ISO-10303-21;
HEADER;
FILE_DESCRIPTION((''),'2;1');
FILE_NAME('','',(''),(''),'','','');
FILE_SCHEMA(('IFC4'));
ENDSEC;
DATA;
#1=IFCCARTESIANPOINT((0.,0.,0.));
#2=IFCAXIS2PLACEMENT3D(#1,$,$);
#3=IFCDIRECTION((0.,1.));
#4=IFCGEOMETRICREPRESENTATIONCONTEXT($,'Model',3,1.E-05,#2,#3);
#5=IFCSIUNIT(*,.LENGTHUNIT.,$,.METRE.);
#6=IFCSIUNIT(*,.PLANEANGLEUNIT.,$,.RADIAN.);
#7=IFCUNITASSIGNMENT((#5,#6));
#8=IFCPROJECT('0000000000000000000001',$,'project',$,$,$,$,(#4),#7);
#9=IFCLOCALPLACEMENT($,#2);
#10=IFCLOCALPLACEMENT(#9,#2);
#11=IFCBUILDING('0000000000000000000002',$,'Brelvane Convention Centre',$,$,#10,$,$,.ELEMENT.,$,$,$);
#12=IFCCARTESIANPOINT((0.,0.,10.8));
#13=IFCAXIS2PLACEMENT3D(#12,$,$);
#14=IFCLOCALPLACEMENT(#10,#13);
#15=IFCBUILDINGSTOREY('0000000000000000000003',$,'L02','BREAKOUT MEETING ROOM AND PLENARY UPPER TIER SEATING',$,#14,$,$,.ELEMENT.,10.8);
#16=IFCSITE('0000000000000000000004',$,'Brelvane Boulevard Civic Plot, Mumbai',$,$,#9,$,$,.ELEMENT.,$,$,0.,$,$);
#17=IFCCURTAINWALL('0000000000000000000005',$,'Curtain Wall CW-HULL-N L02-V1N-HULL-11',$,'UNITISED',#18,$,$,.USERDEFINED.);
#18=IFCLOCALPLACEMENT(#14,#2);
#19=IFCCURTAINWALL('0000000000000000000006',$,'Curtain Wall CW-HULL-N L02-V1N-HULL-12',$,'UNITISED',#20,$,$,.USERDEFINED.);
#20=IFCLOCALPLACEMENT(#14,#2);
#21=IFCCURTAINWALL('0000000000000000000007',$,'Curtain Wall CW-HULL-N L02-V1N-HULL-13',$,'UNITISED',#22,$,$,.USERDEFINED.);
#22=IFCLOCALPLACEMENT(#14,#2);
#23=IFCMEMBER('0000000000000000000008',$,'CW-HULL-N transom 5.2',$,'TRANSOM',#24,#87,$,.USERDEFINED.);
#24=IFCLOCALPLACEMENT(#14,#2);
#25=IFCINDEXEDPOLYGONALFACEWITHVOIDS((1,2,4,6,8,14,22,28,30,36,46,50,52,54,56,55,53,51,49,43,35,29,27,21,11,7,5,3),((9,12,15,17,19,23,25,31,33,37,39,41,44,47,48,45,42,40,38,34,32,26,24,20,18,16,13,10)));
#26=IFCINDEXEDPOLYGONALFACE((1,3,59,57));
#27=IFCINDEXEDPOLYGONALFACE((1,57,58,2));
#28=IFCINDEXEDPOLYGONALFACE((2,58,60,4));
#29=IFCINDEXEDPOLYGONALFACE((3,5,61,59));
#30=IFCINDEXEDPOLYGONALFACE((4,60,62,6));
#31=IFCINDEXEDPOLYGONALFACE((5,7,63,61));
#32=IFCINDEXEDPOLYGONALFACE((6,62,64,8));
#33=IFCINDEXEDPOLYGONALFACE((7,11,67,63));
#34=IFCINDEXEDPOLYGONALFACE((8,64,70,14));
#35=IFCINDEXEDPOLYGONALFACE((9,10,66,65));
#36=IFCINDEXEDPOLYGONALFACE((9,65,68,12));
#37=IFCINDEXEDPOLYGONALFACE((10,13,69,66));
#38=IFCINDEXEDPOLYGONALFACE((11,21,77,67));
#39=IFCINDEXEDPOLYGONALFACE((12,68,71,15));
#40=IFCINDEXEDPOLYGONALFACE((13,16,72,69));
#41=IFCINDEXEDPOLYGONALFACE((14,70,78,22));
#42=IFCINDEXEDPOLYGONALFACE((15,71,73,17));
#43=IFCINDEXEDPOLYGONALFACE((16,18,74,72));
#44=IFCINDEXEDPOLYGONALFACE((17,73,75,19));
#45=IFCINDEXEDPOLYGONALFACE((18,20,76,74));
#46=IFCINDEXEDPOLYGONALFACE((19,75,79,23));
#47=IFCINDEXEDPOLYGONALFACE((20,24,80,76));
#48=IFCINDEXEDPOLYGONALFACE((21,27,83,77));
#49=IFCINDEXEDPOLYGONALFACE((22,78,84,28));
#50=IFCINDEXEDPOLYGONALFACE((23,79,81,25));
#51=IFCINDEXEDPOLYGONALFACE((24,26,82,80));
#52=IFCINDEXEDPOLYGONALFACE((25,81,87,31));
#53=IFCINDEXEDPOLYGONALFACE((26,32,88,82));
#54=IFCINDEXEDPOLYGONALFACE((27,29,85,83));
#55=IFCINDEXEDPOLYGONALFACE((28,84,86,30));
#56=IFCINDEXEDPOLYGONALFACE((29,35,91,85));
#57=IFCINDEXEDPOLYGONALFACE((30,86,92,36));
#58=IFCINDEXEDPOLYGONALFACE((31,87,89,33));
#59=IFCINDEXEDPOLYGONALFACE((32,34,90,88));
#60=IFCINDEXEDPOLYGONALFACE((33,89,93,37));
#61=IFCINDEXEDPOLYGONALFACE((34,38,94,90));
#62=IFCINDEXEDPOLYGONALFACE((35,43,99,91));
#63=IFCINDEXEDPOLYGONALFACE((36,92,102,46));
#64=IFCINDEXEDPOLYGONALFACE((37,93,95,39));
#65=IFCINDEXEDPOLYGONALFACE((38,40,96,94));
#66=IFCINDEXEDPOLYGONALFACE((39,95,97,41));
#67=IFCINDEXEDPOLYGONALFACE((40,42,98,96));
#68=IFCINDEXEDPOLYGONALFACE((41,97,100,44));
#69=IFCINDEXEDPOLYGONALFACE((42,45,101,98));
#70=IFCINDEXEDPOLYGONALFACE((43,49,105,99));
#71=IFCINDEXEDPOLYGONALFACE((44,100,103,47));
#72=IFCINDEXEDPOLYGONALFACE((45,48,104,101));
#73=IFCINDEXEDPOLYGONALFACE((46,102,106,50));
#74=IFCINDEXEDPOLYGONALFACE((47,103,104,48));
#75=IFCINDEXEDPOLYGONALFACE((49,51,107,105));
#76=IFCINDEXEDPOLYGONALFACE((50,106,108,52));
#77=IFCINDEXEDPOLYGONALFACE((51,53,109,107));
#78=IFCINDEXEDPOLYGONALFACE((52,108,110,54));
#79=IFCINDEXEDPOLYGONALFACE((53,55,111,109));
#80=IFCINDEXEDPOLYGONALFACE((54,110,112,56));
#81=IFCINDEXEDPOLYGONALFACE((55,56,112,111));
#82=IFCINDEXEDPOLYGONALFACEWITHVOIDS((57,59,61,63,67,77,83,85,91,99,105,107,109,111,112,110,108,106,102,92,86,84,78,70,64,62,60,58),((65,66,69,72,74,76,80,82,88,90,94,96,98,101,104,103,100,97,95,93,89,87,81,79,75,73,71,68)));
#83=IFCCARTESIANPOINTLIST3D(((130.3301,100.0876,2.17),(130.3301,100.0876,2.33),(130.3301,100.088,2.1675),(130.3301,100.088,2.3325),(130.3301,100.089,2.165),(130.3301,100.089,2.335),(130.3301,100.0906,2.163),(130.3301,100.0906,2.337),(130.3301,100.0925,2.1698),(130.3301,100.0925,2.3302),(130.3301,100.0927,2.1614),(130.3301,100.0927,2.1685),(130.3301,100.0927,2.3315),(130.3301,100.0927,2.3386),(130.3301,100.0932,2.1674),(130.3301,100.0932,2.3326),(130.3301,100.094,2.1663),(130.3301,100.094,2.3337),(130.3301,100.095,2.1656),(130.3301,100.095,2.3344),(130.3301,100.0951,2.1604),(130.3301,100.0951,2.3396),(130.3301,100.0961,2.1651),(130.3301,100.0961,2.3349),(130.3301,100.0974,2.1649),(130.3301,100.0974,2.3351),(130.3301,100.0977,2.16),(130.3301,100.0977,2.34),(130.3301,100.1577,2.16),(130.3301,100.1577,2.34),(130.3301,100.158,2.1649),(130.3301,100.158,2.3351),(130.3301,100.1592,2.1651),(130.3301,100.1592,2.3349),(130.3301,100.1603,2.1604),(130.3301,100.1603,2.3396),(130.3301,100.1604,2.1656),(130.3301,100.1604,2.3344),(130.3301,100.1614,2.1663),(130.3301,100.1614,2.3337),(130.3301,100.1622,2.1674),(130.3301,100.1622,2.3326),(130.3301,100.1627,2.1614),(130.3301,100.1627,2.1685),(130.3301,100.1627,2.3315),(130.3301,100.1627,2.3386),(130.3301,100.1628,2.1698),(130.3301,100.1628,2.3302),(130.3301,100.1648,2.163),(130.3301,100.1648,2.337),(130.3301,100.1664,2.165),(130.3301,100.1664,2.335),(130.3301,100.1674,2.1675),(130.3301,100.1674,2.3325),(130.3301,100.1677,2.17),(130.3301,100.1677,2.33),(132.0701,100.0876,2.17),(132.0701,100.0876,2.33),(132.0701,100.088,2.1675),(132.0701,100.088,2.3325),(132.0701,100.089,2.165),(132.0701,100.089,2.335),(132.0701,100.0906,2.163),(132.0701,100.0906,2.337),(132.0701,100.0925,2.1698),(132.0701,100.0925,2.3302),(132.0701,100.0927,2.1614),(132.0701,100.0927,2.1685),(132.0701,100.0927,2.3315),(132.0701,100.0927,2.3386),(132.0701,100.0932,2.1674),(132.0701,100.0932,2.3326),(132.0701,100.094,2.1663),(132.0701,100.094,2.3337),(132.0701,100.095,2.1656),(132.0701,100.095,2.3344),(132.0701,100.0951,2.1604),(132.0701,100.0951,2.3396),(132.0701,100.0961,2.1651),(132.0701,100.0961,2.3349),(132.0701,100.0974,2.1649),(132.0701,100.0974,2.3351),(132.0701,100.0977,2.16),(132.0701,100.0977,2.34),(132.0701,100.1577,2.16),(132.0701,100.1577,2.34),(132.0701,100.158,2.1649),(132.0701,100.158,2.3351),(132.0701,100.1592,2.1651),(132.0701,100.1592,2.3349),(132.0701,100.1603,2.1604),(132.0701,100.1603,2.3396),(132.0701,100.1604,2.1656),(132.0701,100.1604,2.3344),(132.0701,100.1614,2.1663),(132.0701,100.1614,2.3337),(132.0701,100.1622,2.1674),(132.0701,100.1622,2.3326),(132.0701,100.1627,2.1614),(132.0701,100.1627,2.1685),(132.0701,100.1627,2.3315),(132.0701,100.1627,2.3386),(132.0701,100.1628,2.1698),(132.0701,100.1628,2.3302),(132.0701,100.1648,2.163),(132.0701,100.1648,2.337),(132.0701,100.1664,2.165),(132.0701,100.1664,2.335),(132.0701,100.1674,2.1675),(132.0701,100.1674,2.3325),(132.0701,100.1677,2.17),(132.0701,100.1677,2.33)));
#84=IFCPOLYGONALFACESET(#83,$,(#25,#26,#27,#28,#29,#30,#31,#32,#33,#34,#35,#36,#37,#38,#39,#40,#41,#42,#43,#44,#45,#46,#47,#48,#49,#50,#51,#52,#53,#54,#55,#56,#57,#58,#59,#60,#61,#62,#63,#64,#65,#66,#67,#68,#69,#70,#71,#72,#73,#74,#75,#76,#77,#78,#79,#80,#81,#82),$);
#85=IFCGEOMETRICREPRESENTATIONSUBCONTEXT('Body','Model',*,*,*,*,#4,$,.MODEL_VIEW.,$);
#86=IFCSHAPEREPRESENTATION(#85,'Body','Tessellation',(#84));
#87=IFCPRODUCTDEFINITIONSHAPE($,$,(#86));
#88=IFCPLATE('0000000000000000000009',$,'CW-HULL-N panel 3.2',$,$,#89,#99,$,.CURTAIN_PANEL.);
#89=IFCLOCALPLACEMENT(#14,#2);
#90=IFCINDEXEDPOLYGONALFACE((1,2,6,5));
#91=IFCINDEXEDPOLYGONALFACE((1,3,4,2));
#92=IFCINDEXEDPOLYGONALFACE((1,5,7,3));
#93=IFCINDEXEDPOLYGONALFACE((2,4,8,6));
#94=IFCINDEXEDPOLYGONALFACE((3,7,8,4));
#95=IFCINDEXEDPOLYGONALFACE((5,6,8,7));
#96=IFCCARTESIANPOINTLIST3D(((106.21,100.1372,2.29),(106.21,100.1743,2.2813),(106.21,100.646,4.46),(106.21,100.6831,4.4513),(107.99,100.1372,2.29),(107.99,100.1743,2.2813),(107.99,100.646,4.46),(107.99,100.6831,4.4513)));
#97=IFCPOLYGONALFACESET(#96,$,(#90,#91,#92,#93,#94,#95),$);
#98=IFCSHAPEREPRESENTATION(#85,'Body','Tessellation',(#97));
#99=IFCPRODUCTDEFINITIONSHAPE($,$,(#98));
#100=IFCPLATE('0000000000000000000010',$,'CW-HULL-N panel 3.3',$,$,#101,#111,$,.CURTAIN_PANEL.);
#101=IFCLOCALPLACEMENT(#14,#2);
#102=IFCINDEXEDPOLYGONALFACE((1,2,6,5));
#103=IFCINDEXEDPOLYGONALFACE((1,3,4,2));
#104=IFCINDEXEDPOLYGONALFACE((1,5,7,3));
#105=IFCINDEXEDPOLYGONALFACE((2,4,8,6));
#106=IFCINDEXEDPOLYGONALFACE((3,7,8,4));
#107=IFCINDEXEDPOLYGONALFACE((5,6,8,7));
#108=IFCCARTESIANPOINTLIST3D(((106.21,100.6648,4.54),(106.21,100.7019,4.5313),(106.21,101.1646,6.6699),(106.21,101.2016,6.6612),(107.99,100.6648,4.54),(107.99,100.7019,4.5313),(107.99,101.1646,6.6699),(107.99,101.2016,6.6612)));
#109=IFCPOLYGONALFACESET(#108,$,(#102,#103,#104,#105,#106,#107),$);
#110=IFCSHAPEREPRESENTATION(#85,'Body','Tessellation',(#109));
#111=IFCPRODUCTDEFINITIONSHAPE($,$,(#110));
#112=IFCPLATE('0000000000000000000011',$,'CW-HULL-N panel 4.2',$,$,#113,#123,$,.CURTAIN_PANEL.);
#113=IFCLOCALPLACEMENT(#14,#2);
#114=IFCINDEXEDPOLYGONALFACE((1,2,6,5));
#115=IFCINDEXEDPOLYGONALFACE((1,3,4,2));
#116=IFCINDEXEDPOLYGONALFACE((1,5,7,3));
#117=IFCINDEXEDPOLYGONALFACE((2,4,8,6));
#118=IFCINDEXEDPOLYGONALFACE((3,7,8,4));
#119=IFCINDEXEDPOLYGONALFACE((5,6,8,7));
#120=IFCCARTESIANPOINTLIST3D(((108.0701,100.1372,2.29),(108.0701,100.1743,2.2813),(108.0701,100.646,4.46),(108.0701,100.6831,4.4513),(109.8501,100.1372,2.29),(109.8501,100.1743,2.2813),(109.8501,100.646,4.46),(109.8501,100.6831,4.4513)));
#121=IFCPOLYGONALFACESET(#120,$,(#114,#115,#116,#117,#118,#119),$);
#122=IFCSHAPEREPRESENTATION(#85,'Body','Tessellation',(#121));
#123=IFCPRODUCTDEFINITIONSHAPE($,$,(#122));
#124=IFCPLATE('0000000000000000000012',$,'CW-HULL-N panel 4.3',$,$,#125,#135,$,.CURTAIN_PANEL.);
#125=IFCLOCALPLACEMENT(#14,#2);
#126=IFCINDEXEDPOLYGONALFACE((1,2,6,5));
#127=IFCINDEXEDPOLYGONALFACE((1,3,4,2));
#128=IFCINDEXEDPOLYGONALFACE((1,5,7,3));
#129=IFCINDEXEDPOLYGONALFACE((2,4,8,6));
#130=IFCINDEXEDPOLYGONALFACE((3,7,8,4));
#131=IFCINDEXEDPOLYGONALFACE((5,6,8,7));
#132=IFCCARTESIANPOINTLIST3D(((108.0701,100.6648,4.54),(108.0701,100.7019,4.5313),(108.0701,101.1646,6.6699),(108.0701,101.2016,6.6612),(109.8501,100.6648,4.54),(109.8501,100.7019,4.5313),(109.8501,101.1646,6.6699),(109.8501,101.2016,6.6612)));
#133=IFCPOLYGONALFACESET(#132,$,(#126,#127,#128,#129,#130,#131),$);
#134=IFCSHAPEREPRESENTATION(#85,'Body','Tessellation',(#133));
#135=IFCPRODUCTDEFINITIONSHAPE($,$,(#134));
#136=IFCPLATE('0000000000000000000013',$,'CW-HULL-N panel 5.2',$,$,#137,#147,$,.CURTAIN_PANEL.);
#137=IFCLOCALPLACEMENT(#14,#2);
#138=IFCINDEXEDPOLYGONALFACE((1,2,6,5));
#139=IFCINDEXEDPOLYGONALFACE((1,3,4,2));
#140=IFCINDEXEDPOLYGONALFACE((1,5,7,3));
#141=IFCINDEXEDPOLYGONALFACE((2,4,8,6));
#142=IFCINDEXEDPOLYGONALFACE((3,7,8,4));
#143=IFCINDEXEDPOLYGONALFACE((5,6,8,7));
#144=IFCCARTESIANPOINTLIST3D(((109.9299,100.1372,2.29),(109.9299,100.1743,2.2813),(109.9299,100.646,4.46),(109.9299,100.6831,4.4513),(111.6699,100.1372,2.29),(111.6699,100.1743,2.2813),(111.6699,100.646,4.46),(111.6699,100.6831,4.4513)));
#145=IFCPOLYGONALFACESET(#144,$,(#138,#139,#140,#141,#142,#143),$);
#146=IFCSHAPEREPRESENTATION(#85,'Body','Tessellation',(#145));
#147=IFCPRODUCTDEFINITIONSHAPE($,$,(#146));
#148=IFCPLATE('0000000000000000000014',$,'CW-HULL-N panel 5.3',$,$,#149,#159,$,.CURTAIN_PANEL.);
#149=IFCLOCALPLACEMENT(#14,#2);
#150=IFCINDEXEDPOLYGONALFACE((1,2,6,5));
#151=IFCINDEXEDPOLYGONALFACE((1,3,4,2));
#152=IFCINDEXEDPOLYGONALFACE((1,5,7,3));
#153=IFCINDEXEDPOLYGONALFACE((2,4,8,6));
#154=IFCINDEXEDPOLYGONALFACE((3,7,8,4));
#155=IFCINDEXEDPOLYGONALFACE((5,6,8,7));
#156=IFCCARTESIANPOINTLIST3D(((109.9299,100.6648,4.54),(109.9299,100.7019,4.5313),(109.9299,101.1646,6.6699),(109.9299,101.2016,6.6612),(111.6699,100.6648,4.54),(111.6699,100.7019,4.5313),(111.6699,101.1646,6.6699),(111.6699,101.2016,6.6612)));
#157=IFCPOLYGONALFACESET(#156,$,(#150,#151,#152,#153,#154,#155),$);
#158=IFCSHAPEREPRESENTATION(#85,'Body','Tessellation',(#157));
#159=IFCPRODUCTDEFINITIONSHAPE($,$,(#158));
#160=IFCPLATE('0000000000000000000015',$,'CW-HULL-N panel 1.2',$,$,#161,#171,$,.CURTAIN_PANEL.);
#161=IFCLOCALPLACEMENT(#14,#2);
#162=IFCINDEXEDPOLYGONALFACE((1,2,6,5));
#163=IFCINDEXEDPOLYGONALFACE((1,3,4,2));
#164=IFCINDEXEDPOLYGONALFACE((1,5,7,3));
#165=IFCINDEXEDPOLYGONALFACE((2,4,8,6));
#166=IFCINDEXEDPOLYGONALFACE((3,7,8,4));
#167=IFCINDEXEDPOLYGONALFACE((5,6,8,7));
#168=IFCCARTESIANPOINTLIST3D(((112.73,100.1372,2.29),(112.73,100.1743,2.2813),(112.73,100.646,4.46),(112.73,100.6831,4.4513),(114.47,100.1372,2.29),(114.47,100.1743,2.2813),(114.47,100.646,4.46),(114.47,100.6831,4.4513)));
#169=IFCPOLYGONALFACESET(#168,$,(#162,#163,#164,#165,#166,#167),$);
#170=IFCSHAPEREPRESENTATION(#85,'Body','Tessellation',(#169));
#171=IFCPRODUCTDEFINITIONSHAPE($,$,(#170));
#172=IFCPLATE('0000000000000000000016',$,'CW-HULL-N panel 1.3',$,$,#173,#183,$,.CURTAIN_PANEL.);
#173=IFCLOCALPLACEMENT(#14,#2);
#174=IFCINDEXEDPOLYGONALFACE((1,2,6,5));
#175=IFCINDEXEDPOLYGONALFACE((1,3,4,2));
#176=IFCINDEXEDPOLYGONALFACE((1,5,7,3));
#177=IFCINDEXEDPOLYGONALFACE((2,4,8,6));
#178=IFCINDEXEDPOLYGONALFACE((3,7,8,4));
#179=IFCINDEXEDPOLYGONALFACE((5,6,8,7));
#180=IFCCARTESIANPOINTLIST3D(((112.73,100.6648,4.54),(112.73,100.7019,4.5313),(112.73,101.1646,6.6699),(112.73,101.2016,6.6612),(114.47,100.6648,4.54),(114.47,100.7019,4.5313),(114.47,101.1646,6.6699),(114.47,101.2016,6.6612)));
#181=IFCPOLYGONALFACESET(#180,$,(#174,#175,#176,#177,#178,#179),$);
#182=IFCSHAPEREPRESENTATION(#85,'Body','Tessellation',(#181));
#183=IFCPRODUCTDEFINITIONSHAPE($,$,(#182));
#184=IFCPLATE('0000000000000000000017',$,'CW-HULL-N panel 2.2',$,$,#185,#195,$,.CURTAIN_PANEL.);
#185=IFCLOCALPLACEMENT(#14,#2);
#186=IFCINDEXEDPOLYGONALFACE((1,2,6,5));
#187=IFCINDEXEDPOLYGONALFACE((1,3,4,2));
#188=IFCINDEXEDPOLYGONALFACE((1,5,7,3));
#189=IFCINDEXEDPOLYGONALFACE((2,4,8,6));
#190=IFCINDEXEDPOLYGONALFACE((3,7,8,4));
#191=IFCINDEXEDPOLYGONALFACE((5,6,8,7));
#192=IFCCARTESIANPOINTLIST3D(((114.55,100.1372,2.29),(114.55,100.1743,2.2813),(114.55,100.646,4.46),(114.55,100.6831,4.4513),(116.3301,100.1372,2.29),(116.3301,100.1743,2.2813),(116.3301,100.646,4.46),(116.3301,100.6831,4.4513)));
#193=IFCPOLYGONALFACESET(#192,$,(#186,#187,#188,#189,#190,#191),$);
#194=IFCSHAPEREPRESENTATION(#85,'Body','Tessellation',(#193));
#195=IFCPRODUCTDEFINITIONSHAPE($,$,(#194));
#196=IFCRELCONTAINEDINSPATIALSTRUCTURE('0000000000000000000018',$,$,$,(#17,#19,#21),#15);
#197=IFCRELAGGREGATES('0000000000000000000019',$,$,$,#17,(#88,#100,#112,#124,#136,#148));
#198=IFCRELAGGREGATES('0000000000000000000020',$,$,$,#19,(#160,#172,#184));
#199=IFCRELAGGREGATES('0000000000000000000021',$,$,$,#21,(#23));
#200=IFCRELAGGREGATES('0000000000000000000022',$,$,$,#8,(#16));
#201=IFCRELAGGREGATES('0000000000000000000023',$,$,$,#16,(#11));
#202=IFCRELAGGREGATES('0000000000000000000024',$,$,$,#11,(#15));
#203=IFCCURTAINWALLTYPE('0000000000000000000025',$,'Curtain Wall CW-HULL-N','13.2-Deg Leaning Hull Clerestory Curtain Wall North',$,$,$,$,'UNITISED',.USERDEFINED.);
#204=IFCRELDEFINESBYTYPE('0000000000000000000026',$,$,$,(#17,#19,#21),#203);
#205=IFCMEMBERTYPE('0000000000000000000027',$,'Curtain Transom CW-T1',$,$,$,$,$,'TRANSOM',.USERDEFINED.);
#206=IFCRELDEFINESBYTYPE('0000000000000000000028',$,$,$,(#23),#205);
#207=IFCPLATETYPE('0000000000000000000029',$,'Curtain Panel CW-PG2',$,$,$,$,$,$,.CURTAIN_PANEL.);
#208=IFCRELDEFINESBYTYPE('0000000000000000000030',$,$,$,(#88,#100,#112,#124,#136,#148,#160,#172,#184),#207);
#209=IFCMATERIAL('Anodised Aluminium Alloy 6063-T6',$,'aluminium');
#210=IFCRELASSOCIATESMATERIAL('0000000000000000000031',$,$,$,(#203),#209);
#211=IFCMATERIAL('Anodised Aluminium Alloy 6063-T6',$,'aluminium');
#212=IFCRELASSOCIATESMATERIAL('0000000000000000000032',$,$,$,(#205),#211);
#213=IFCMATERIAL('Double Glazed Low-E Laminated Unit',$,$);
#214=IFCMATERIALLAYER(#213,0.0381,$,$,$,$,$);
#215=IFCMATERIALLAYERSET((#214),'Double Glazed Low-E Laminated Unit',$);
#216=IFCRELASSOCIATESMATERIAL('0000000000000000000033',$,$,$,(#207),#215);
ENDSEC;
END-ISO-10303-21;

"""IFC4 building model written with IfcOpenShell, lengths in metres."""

from ifc_helpers import new_model, si_unit, direction, frame, origin, origin_2d, place, context, subcontext, project, spatial, polyline, hollow_rectangle, outline, extrude, material, layer, layer_set, material_profile, profile_set, type_object, element, aggregate, save


model = new_model("IFC4")

# Units and contexts
model_context = context("Model", 3, precision=1e-05, world=origin(), true_north=direction((0.0, 1.0)))
body_context = subcontext(model_context, "Body", "Model", "MODEL_VIEW")
ifc_project = project(units=[si_unit("LENGTHUNIT", "METRE"), si_unit("PLANEANGLEUNIT", "RADIAN")], contexts=[model_context])

# Site, building, storey
site_placement = place(None, origin())
site = spatial("IfcSite", under=ifc_project, at=site_placement, Name="Brelvane Boulevard Civic Plot, Mumbai", CompositionType="ELEMENT", RefElevation=0.0)
building_placement = place(site_placement, origin())
building = spatial("IfcBuilding", under=site, at=building_placement, Name="Brelvane Convention Centre", CompositionType="ELEMENT")
storey_placement = place(building_placement, frame((0.0, 0.0, 10.8)))
storey = spatial("IfcBuildingStorey", under=building, at=storey_placement, Name="L02", Description="BREAKOUT MEETING ROOM AND PLENARY UPPER TIER SEATING", CompositionType="ELEMENT", Elevation=10.8)

# Curtain walls, member
ifc_material_1 = material(Name="Anodised Aluminium Alloy 6063-T6", Category="aluminium")
curtain_wall_type = type_object("IfcCurtainWallType", Name="Curtain Wall CW-HULL-N", Description="13.2-Deg Leaning Hull Clerestory Curtain Wall North", ElementType="UNITISED", PredefinedType="USERDEFINED", material=ifc_material_1)
curtain_wall_1_placement = place(storey_placement, origin())
curtain_wall_1 = element("IfcCurtainWall", 1, at=curtain_wall_1_placement, inside=storey, type_object=curtain_wall_type, Name="Curtain Wall CW-HULL-N L02-V1N-HULL-11", ObjectType="UNITISED", PredefinedType="USERDEFINED")
ifc_material_2 = material(Name="Anodised Aluminium Alloy 6063-T6", Category="aluminium")
ifc_material_profile = material_profile(ifc_material_2, hollow_rectangle(XDim=0.0801, YDim=0.1799, WallThickness=0.0049, InnerFilletRadius=0.0049, OuterFilletRadius=0.01, at=origin_2d()), Name="ALU-T 180x80x5.0")
ifc_profile_set = profile_set([ifc_material_profile], Name="Anodised Aluminium Alloy 6063-T6")
member_type = type_object("IfcMemberType", Name="Curtain Transom CW-T1", ElementType="TRANSOM", PredefinedType="USERDEFINED", material=ifc_profile_set)
curtain_wall_2_placement = place(storey_placement, origin())
curtain_wall_2 = element("IfcCurtainWall", 2, at=curtain_wall_2_placement, inside=storey, type_object=curtain_wall_type, Name="Curtain Wall CW-HULL-N L02-V1N-HULL-12", ObjectType="UNITISED", PredefinedType="USERDEFINED")
curtain_wall_3_placement = place(storey_placement, origin())
curtain_wall_3 = element("IfcCurtainWall", 3, at=curtain_wall_3_placement, inside=storey, type_object=curtain_wall_type, Name="Curtain Wall CW-HULL-N L02-V1N-HULL-13", ObjectType="UNITISED", PredefinedType="USERDEFINED")
member_1_placement = place(storey_placement, frame((130.3301, 100.1277, 2.25), z_axis=(1.0, 0.0, 0.0), x_axis=(0.0, 1.0, 0.0)))
member_1 = element("IfcMember", 4, at=member_1_placement, type_object=member_type, Name="CW-HULL-N transom 5.2", ObjectType="TRANSOM", PredefinedType="USERDEFINED", context=body_context, shape_type="SweptSolid", body=[
    extrude(hollow_rectangle(XDim=0.0801, YDim=0.1799, WallThickness=0.0049, InnerFilletRadius=0.0049, OuterFilletRadius=0.01, at=origin_2d()), origin(), (0.0, 0.0, 1.0), 1.74),
])

# Plates
ifc_material_3 = material(Name="Double Glazed Low-E Laminated Unit")
ifc_layer = layer(ifc_material_3, 0.0381)
ifc_layer_set = layer_set([ifc_layer], Name="Double Glazed Low-E Laminated Unit")
plate_type = type_object("IfcPlateType", Name="Curtain Panel CW-PG2", PredefinedType="CURTAIN_PANEL", material=ifc_layer_set)
plate_1_placement = place(storey_placement, frame((106.21, 100.1372, 2.29), z_axis=(0.0, -0.973595, 0.228282), x_axis=(1.0, 0.0, 0.0)))
plate_1 = element("IfcPlate", 5, at=plate_1_placement, type_object=plate_type, Name="CW-HULL-N panel 3.2", PredefinedType="CURTAIN_PANEL", context=body_context, shape_type="SweptSolid", body=[
    extrude(outline(polyline([(0.0, 0.0), (1.78, 0.0), (1.78, 2.2288), (0.0, 2.2288), (0.0, 0.0)])), origin(), (0.0, 0.0, -1.0), 0.0381),
])
plate_2_placement = place(storey_placement, frame((106.21, 100.6648, 4.54), z_axis=(0.0, -0.973559, 0.228436), x_axis=(1.0, 0.0, 0.0)))
plate_2 = element("IfcPlate", 6, at=plate_2_placement, type_object=plate_type, Name="CW-HULL-N panel 3.3", PredefinedType="CURTAIN_PANEL", context=body_context, shape_type="SweptSolid", body=[
    extrude(outline(polyline([(0.0, 0.0), (1.78, 0.0), (1.78, 2.1877), (0.0, 2.1877), (0.0, 0.0)])), origin(), (0.0, 0.0, -1.0), 0.0381),
])
plate_3_placement = place(storey_placement, frame((108.0701, 100.1372, 2.29), z_axis=(0.0, -0.973595, 0.228282), x_axis=(1.0, 0.0, 0.0)))
plate_3 = element("IfcPlate", 7, at=plate_3_placement, type_object=plate_type, Name="CW-HULL-N panel 4.2", PredefinedType="CURTAIN_PANEL", context=body_context, shape_type="SweptSolid", body=[
    extrude(outline(polyline([(0.0, 0.0), (1.78, 0.0), (1.78, 2.2288), (0.0, 2.2288), (0.0, 0.0)])), origin(), (0.0, 0.0, -1.0), 0.0381),
])
plate_4_placement = place(storey_placement, frame((108.0701, 100.6648, 4.54), z_axis=(0.0, -0.973559, 0.228436), x_axis=(1.0, 0.0, 0.0)))
plate_4 = element("IfcPlate", 8, at=plate_4_placement, type_object=plate_type, Name="CW-HULL-N panel 4.3", PredefinedType="CURTAIN_PANEL", context=body_context, shape_type="SweptSolid", body=[
    extrude(outline(polyline([(0.0, 0.0), (1.78, 0.0), (1.78, 2.1877), (0.0, 2.1877), (0.0, 0.0)])), origin(), (0.0, 0.0, -1.0), 0.0381),
])
plate_5_placement = place(storey_placement, frame((109.9299, 100.1372, 2.29), z_axis=(0.0, -0.973595, 0.228282), x_axis=(1.0, 0.0, 0.0)))
plate_5 = element("IfcPlate", 9, at=plate_5_placement, type_object=plate_type, Name="CW-HULL-N panel 5.2", PredefinedType="CURTAIN_PANEL", context=body_context, shape_type="SweptSolid", body=[
    extrude(outline(polyline([(0.0, 0.0), (1.74, 0.0), (1.74, 2.2288), (0.0, 2.2288), (0.0, 0.0)])), origin(), (0.0, 0.0, -1.0), 0.0381),
])
plate_6_placement = place(storey_placement, frame((109.9299, 100.6648, 4.54), z_axis=(0.0, -0.973559, 0.228436), x_axis=(1.0, 0.0, 0.0)))
plate_6 = element("IfcPlate", 10, at=plate_6_placement, type_object=plate_type, Name="CW-HULL-N panel 5.3", PredefinedType="CURTAIN_PANEL", context=body_context, shape_type="SweptSolid", body=[
    extrude(outline(polyline([(0.0, 0.0), (1.74, 0.0), (1.74, 2.1877), (0.0, 2.1877), (0.0, 0.0)])), origin(), (0.0, 0.0, -1.0), 0.0381),
])
aggregate(curtain_wall_1, [plate_1, plate_2, plate_3, plate_4, plate_5, plate_6])
plate_7_placement = place(storey_placement, frame((112.73, 100.1372, 2.29), z_axis=(0.0, -0.973595, 0.228282), x_axis=(1.0, 0.0, 0.0)))
plate_7 = element("IfcPlate", 11, at=plate_7_placement, type_object=plate_type, Name="CW-HULL-N panel 1.2", PredefinedType="CURTAIN_PANEL", context=body_context, shape_type="SweptSolid", body=[
    extrude(outline(polyline([(0.0, 0.0), (1.74, 0.0), (1.74, 2.2288), (0.0, 2.2288), (0.0, 0.0)])), origin(), (0.0, 0.0, -1.0), 0.0381),
])
plate_8_placement = place(storey_placement, frame((112.73, 100.6648, 4.54), z_axis=(0.0, -0.973559, 0.228436), x_axis=(1.0, 0.0, 0.0)))
plate_8 = element("IfcPlate", 12, at=plate_8_placement, type_object=plate_type, Name="CW-HULL-N panel 1.3", PredefinedType="CURTAIN_PANEL", context=body_context, shape_type="SweptSolid", body=[
    extrude(outline(polyline([(0.0, 0.0), (1.74, 0.0), (1.74, 2.1877), (0.0, 2.1877), (0.0, 0.0)])), origin(), (0.0, 0.0, -1.0), 0.0381),
])
plate_9_placement = place(storey_placement, frame((114.55, 100.1372, 2.29), z_axis=(0.0, -0.973595, 0.228282), x_axis=(1.0, 0.0, 0.0)))
plate_9 = element("IfcPlate", 13, at=plate_9_placement, type_object=plate_type, Name="CW-HULL-N panel 2.2", PredefinedType="CURTAIN_PANEL", context=body_context, shape_type="SweptSolid", body=[
    extrude(outline(polyline([(0.0, 0.0), (1.78, 0.0), (1.78, 2.2288), (0.0, 2.2288), (0.0, 0.0)])), origin(), (0.0, 0.0, -1.0), 0.0381),
])
aggregate(curtain_wall_2, [plate_7, plate_8, plate_9])
aggregate(curtain_wall_3, [member_1])

save(model, "model.ifc")
